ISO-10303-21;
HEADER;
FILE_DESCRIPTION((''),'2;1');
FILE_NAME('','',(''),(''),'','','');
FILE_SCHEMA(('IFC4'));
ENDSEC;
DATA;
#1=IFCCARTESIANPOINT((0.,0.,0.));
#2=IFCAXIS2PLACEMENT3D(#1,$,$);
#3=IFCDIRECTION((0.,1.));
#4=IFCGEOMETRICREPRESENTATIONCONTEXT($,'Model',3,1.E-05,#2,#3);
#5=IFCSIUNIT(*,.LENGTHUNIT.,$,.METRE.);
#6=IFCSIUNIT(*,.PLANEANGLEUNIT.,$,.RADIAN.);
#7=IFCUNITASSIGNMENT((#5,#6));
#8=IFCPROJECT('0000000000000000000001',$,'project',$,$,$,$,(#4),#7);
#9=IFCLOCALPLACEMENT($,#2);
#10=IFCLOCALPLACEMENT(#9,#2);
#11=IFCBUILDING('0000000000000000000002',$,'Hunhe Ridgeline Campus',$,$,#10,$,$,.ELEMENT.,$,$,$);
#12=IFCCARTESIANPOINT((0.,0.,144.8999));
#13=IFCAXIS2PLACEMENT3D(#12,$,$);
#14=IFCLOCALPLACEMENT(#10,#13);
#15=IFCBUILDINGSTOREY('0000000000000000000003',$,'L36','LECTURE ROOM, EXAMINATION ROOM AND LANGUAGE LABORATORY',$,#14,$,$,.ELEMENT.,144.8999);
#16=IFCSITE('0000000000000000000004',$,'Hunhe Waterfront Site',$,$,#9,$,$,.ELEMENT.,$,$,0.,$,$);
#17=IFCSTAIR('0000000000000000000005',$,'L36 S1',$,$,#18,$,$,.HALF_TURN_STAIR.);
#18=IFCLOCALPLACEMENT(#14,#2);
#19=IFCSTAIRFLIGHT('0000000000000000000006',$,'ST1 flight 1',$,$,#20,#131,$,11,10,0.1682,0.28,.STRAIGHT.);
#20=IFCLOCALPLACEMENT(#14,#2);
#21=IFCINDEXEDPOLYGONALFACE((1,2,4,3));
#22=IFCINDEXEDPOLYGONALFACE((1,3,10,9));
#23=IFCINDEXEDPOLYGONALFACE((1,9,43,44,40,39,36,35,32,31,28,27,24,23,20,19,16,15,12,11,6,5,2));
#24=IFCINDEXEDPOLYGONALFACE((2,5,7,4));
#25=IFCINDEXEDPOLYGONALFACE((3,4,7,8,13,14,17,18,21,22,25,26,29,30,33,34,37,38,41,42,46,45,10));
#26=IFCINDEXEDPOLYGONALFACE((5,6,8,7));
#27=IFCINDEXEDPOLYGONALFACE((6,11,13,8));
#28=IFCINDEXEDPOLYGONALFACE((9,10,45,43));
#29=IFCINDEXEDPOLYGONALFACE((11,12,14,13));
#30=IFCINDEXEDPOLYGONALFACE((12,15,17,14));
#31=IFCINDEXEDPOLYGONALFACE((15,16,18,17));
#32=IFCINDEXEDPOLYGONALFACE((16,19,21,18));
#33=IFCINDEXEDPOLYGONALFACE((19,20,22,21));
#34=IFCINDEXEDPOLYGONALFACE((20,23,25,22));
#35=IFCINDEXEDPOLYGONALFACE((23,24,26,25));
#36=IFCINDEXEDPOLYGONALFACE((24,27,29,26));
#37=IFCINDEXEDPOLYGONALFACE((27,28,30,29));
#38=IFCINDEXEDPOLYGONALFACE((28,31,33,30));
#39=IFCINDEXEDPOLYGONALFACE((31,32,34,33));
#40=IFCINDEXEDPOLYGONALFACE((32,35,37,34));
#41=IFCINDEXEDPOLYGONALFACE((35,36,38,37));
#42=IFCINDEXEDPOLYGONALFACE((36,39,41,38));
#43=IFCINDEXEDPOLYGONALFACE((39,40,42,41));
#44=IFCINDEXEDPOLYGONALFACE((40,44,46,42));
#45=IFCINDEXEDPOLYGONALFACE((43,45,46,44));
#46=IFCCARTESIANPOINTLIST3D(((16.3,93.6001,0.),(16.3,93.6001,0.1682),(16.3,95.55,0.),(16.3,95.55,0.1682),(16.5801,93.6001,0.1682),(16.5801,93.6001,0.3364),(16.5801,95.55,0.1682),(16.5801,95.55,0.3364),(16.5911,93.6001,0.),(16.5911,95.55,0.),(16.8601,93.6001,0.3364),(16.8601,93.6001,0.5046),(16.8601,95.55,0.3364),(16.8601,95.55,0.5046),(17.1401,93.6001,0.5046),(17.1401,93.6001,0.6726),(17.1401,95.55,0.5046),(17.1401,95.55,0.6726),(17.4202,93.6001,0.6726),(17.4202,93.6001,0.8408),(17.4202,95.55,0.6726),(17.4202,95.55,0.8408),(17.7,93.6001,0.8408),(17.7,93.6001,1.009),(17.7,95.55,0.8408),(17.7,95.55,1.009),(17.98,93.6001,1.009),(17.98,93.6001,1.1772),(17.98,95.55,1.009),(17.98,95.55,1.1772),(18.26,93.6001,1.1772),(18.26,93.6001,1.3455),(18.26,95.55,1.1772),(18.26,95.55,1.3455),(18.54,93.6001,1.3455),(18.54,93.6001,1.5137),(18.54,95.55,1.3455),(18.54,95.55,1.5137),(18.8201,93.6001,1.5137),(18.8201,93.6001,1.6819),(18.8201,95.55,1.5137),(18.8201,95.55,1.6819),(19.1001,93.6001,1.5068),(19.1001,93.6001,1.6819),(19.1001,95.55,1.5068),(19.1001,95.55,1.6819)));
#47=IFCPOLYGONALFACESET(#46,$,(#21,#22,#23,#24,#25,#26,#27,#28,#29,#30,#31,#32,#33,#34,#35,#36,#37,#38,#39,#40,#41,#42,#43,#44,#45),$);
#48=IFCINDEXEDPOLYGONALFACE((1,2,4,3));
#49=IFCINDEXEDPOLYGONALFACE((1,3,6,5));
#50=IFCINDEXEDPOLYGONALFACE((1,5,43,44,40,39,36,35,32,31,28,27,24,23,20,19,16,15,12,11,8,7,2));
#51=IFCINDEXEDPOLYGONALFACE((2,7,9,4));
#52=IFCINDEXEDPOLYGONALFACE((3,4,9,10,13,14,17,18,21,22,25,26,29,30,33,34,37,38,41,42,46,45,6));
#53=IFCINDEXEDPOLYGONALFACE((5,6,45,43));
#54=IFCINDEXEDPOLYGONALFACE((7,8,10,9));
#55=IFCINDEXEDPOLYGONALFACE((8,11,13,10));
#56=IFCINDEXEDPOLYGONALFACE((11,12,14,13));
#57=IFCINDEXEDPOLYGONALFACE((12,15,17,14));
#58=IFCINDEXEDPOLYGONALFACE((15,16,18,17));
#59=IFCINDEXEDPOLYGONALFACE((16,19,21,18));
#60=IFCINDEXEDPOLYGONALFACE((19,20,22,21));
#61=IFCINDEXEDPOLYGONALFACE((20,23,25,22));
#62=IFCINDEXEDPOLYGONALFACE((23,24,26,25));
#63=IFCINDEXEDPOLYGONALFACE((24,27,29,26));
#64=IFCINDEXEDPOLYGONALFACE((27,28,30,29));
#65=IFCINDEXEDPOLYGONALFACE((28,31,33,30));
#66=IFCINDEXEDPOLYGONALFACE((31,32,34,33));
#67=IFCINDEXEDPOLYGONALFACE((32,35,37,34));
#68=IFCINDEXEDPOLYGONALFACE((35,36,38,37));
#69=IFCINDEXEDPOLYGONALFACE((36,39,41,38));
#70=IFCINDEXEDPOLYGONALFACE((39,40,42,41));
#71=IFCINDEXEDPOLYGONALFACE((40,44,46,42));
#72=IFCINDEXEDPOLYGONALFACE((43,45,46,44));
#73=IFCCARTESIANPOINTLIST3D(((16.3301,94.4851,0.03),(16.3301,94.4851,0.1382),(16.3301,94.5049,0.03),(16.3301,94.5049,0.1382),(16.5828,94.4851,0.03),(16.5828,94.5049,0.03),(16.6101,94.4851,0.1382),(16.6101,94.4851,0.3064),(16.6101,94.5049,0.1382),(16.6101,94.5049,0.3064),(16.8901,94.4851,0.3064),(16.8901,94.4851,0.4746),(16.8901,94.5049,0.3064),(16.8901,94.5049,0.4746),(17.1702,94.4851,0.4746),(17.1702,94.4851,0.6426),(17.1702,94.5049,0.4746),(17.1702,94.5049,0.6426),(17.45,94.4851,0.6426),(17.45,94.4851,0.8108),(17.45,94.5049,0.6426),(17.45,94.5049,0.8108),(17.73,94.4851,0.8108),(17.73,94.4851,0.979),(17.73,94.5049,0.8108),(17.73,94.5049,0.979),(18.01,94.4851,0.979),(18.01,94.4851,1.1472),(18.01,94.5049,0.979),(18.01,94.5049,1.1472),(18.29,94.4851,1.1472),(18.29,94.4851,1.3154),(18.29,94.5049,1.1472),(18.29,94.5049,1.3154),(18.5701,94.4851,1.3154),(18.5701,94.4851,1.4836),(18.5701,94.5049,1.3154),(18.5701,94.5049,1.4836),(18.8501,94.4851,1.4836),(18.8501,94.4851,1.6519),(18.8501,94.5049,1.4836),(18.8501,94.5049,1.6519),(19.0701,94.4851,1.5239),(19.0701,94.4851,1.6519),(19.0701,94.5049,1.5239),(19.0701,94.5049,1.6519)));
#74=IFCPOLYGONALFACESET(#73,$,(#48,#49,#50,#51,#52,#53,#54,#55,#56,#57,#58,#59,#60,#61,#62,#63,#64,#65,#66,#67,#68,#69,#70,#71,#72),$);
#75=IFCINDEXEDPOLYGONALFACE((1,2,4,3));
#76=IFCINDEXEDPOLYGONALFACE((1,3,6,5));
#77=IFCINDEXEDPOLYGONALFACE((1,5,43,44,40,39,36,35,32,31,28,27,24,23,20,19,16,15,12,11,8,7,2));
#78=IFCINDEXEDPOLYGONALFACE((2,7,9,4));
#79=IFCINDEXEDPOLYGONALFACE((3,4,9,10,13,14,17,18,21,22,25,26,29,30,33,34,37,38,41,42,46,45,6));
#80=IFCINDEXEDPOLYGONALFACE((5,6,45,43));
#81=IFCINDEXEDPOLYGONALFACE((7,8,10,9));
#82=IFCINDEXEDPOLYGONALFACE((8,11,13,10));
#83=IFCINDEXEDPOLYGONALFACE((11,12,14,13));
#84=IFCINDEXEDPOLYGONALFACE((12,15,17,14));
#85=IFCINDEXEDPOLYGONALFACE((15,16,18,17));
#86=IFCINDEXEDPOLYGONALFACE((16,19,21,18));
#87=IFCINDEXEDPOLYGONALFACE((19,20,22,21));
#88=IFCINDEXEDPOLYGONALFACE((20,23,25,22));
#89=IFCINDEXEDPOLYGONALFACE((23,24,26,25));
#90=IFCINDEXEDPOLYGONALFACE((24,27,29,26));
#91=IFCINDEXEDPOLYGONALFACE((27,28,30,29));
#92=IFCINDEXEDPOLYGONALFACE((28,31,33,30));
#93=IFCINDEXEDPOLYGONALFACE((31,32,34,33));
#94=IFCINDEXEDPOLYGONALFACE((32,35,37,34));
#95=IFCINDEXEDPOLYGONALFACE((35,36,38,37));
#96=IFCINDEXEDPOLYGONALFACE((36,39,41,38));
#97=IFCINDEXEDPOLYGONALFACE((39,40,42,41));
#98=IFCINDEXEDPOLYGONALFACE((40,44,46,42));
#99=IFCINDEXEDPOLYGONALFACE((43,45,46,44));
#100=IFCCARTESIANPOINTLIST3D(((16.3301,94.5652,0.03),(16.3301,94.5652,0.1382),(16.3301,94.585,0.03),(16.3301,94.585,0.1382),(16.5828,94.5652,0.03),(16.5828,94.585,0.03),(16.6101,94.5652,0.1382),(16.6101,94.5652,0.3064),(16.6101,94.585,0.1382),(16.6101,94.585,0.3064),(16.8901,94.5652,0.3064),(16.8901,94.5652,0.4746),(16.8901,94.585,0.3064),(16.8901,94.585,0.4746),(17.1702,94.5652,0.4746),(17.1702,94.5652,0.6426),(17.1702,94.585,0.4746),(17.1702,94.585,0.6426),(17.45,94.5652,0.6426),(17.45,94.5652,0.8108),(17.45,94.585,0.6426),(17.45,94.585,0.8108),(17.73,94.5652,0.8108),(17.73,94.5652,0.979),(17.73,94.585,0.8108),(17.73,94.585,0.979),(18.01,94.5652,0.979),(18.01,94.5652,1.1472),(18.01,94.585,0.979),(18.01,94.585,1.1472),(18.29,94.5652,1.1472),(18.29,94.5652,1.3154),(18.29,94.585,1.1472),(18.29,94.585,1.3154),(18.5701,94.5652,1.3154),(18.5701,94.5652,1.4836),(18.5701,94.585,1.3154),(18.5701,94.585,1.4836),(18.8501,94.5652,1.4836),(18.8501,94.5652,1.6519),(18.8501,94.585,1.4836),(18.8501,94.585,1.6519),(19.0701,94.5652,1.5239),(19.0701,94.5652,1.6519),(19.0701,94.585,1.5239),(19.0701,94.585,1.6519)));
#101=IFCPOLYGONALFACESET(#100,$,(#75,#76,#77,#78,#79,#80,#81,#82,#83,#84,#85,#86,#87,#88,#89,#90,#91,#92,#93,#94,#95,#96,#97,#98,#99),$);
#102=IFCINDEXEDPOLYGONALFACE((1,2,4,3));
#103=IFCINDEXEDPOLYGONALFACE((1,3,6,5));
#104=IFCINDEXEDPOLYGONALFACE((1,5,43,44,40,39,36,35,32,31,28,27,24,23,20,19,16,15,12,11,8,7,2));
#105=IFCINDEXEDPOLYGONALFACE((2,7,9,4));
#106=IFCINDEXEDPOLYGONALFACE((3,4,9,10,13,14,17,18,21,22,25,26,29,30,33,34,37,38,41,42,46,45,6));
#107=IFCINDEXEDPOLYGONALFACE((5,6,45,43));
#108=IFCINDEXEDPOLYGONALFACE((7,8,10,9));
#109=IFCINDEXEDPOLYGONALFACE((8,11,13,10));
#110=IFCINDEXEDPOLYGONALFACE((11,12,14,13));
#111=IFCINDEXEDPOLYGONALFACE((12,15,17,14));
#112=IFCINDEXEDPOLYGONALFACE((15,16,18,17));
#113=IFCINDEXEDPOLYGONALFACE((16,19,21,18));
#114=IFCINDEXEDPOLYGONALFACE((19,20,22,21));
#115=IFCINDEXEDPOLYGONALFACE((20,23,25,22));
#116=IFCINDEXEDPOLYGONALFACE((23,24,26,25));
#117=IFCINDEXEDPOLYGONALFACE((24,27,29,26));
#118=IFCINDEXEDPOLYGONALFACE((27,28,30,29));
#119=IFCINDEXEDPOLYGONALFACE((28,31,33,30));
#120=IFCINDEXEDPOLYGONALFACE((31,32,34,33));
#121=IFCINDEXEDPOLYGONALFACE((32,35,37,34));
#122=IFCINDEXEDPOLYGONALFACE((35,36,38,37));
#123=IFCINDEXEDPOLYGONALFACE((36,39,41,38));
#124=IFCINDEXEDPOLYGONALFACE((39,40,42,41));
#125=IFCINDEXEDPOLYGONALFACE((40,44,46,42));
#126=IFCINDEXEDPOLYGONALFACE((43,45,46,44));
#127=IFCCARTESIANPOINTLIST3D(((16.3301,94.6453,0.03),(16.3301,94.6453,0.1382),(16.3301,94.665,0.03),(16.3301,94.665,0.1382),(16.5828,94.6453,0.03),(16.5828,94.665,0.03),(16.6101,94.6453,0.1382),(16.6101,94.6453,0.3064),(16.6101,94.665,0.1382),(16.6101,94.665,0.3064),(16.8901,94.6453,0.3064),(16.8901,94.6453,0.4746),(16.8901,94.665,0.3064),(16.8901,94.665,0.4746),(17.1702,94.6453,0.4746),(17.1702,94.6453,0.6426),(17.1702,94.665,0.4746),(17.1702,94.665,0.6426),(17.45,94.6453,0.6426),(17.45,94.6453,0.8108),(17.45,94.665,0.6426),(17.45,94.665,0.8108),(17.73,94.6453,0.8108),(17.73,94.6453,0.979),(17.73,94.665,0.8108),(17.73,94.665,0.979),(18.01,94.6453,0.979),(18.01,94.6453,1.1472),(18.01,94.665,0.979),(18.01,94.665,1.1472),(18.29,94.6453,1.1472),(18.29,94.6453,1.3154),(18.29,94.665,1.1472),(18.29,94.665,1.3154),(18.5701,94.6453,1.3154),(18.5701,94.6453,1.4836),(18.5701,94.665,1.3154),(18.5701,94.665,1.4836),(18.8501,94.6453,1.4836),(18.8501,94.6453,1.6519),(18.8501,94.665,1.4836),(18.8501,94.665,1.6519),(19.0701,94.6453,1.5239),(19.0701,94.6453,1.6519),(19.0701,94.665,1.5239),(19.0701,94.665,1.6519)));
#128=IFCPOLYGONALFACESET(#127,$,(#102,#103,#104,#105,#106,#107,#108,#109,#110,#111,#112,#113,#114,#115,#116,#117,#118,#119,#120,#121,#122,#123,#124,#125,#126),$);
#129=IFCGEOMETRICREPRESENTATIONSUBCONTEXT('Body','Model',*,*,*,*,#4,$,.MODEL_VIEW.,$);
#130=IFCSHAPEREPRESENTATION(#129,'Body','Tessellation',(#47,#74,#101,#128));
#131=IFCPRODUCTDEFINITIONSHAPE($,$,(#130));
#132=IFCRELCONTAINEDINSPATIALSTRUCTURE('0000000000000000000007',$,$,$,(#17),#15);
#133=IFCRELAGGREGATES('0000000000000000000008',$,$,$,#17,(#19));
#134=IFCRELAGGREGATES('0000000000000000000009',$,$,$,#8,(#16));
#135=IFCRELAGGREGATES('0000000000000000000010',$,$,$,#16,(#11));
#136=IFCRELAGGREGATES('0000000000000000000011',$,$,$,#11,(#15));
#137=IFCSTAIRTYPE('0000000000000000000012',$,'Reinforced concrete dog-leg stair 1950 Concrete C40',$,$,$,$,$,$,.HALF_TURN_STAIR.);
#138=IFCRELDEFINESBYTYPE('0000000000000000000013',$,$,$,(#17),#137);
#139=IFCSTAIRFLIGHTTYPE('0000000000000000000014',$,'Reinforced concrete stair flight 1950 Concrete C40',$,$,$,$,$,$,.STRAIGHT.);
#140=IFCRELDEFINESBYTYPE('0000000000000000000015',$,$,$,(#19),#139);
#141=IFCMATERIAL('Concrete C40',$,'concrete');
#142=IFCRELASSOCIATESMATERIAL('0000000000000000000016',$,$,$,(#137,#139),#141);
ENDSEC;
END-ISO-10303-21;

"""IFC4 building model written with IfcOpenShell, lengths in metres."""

from ifc_helpers import new_model, si_unit, direction, frame, origin, place, context, subcontext, project, spatial, polyline, outline, extrude, material, type_object, element, aggregate, save


model = new_model("IFC4")

# Units and contexts
model_context = context("Model", 3, precision=1e-05, world=origin(), true_north=direction((0.0, 1.0)))
body_context = subcontext(model_context, "Body", "Model", "MODEL_VIEW")
ifc_project = project(units=[si_unit("LENGTHUNIT", "METRE"), si_unit("PLANEANGLEUNIT", "RADIAN")], contexts=[model_context])

# Site, building, storey
site_placement = place(None, origin())
site = spatial("IfcSite", under=ifc_project, at=site_placement, Name="Hunhe Waterfront Site", CompositionType="ELEMENT", RefElevation=0.0)
building_placement = place(site_placement, origin())
building = spatial("IfcBuilding", under=site, at=building_placement, Name="Hunhe Ridgeline Campus", CompositionType="ELEMENT")
storey_placement = place(building_placement, frame((0.0, 0.0, 144.8999)))
storey = spatial("IfcBuildingStorey", under=building, at=storey_placement, Name="L36", Description="LECTURE ROOM, EXAMINATION ROOM AND LANGUAGE LABORATORY", CompositionType="ELEMENT", Elevation=144.8999)

# Stair, stair flight
ifc_material_1 = material(Name="Concrete C40", Category="concrete")
stair_type = type_object("IfcStairType", Name="Reinforced concrete dog-leg stair 1950 Concrete C40", PredefinedType="HALF_TURN_STAIR", material=ifc_material_1)
stair_1_placement = place(storey_placement, origin())
stair_1 = element("IfcStair", 1, at=stair_1_placement, inside=storey, type_object=stair_type, Name="L36 S1", PredefinedType="HALF_TURN_STAIR")
stair_flight_type = type_object("IfcStairFlightType", Name="Reinforced concrete stair flight 1950 Concrete C40", PredefinedType="STRAIGHT", material=ifc_material_1)
stair_flight_1_placement = place(storey_placement, frame((16.3, 94.575, 0.0), z_axis=(0.0, 0.0, 1.0), x_axis=(1.0, 0.0, 0.0)))
stair_flight_1 = element("IfcStairFlight", 2, at=stair_flight_1_placement, type_object=stair_flight_type, Name="ST1 flight 1", NumberOfRisers=11, NumberOfTreads=10, PredefinedType="STRAIGHT", RiserHeight=0.1682, TreadLength=0.28, context=body_context, shape_type="SweptSolid", body=[
    extrude(outline(polyline([(0.0, 0.0), (0.0, 0.1682), (0.28, 0.1682), (0.28, 0.3364), (0.5601, 0.3364), (0.5601, 0.5046), (0.8401, 0.5046), (0.8401, 0.6726), (1.1201, 0.6726), (1.1201, 0.8408), (1.3999, 0.8408), (1.3999, 1.009), (1.6799, 1.009), (1.6799, 1.1772), (1.96, 1.1772), (1.96, 1.3455), (2.24, 1.3455), (2.24, 1.5137), (2.52, 1.5137), (2.52, 1.6819), (2.8, 1.6819), (2.8, 1.8501), (2.8, 1.5068), (0.291, 0.0), (0.0, 0.0)])), frame((0.0, 0.9751, 0.0), z_axis=(0.0, -1.0, 0.0), x_axis=(1.0, 0.0, 0.0)), (0.0, 0.0, 1.0), 1.95),
    extrude(outline(polyline([(0.03, 0.03), (0.03, 0.1382), (0.3101, 0.1382), (0.3101, 0.3064), (0.5901, 0.3064), (0.5901, 0.4746), (0.8701, 0.4746), (0.8701, 0.6426), (1.1499, 0.6426), (1.1499, 0.8108), (1.4299, 0.8108), (1.4299, 0.979), (1.71, 0.979), (1.71, 1.1472), (1.99, 1.1472), (1.99, 1.3154), (2.27, 1.3154), (2.27, 1.4836), (2.55, 1.4836), (2.55, 1.6519), (2.77, 1.6519), (2.77, 1.5239), (0.2827, 0.03), (0.03, 0.03)])), frame((0.0, -0.0701, 0.0), z_axis=(0.0, -1.0, 0.0), x_axis=(1.0, 0.0, 0.0)), (0.0, 0.0, 1.0), 0.0198),
    extrude(outline(polyline([(0.03, 0.03), (0.03, 0.1382), (0.3101, 0.1382), (0.3101, 0.3064), (0.5901, 0.3064), (0.5901, 0.4746), (0.8701, 0.4746), (0.8701, 0.6426), (1.1499, 0.6426), (1.1499, 0.8108), (1.4299, 0.8108), (1.4299, 0.979), (1.71, 0.979), (1.71, 1.1472), (1.99, 1.1472), (1.99, 1.3154), (2.27, 1.3154), (2.27, 1.4836), (2.55, 1.4836), (2.55, 1.6519), (2.77, 1.6519), (2.77, 1.5239), (0.2827, 0.03), (0.03, 0.03)])), frame((0.0, 0.01, 0.0), z_axis=(0.0, -1.0, 0.0), x_axis=(1.0, 0.0, 0.0)), (0.0, 0.0, 1.0), 0.0198),
    extrude(outline(polyline([(0.03, 0.03), (0.03, 0.1382), (0.3101, 0.1382), (0.3101, 0.3064), (0.5901, 0.3064), (0.5901, 0.4746), (0.8701, 0.4746), (0.8701, 0.6426), (1.1499, 0.6426), (1.1499, 0.8108), (1.4299, 0.8108), (1.4299, 0.979), (1.71, 0.979), (1.71, 1.1472), (1.99, 1.1472), (1.99, 1.3154), (2.27, 1.3154), (2.27, 1.4836), (2.55, 1.4836), (2.55, 1.6519), (2.77, 1.6519), (2.77, 1.5239), (0.2827, 0.03), (0.03, 0.03)])), frame((0.0, 0.0901, 0.0), z_axis=(0.0, -1.0, 0.0), x_axis=(1.0, 0.0, 0.0)), (0.0, 0.0, 1.0), 0.0198),
])
aggregate(stair_1, [stair_flight_1])

save(model, "model.ifc")
